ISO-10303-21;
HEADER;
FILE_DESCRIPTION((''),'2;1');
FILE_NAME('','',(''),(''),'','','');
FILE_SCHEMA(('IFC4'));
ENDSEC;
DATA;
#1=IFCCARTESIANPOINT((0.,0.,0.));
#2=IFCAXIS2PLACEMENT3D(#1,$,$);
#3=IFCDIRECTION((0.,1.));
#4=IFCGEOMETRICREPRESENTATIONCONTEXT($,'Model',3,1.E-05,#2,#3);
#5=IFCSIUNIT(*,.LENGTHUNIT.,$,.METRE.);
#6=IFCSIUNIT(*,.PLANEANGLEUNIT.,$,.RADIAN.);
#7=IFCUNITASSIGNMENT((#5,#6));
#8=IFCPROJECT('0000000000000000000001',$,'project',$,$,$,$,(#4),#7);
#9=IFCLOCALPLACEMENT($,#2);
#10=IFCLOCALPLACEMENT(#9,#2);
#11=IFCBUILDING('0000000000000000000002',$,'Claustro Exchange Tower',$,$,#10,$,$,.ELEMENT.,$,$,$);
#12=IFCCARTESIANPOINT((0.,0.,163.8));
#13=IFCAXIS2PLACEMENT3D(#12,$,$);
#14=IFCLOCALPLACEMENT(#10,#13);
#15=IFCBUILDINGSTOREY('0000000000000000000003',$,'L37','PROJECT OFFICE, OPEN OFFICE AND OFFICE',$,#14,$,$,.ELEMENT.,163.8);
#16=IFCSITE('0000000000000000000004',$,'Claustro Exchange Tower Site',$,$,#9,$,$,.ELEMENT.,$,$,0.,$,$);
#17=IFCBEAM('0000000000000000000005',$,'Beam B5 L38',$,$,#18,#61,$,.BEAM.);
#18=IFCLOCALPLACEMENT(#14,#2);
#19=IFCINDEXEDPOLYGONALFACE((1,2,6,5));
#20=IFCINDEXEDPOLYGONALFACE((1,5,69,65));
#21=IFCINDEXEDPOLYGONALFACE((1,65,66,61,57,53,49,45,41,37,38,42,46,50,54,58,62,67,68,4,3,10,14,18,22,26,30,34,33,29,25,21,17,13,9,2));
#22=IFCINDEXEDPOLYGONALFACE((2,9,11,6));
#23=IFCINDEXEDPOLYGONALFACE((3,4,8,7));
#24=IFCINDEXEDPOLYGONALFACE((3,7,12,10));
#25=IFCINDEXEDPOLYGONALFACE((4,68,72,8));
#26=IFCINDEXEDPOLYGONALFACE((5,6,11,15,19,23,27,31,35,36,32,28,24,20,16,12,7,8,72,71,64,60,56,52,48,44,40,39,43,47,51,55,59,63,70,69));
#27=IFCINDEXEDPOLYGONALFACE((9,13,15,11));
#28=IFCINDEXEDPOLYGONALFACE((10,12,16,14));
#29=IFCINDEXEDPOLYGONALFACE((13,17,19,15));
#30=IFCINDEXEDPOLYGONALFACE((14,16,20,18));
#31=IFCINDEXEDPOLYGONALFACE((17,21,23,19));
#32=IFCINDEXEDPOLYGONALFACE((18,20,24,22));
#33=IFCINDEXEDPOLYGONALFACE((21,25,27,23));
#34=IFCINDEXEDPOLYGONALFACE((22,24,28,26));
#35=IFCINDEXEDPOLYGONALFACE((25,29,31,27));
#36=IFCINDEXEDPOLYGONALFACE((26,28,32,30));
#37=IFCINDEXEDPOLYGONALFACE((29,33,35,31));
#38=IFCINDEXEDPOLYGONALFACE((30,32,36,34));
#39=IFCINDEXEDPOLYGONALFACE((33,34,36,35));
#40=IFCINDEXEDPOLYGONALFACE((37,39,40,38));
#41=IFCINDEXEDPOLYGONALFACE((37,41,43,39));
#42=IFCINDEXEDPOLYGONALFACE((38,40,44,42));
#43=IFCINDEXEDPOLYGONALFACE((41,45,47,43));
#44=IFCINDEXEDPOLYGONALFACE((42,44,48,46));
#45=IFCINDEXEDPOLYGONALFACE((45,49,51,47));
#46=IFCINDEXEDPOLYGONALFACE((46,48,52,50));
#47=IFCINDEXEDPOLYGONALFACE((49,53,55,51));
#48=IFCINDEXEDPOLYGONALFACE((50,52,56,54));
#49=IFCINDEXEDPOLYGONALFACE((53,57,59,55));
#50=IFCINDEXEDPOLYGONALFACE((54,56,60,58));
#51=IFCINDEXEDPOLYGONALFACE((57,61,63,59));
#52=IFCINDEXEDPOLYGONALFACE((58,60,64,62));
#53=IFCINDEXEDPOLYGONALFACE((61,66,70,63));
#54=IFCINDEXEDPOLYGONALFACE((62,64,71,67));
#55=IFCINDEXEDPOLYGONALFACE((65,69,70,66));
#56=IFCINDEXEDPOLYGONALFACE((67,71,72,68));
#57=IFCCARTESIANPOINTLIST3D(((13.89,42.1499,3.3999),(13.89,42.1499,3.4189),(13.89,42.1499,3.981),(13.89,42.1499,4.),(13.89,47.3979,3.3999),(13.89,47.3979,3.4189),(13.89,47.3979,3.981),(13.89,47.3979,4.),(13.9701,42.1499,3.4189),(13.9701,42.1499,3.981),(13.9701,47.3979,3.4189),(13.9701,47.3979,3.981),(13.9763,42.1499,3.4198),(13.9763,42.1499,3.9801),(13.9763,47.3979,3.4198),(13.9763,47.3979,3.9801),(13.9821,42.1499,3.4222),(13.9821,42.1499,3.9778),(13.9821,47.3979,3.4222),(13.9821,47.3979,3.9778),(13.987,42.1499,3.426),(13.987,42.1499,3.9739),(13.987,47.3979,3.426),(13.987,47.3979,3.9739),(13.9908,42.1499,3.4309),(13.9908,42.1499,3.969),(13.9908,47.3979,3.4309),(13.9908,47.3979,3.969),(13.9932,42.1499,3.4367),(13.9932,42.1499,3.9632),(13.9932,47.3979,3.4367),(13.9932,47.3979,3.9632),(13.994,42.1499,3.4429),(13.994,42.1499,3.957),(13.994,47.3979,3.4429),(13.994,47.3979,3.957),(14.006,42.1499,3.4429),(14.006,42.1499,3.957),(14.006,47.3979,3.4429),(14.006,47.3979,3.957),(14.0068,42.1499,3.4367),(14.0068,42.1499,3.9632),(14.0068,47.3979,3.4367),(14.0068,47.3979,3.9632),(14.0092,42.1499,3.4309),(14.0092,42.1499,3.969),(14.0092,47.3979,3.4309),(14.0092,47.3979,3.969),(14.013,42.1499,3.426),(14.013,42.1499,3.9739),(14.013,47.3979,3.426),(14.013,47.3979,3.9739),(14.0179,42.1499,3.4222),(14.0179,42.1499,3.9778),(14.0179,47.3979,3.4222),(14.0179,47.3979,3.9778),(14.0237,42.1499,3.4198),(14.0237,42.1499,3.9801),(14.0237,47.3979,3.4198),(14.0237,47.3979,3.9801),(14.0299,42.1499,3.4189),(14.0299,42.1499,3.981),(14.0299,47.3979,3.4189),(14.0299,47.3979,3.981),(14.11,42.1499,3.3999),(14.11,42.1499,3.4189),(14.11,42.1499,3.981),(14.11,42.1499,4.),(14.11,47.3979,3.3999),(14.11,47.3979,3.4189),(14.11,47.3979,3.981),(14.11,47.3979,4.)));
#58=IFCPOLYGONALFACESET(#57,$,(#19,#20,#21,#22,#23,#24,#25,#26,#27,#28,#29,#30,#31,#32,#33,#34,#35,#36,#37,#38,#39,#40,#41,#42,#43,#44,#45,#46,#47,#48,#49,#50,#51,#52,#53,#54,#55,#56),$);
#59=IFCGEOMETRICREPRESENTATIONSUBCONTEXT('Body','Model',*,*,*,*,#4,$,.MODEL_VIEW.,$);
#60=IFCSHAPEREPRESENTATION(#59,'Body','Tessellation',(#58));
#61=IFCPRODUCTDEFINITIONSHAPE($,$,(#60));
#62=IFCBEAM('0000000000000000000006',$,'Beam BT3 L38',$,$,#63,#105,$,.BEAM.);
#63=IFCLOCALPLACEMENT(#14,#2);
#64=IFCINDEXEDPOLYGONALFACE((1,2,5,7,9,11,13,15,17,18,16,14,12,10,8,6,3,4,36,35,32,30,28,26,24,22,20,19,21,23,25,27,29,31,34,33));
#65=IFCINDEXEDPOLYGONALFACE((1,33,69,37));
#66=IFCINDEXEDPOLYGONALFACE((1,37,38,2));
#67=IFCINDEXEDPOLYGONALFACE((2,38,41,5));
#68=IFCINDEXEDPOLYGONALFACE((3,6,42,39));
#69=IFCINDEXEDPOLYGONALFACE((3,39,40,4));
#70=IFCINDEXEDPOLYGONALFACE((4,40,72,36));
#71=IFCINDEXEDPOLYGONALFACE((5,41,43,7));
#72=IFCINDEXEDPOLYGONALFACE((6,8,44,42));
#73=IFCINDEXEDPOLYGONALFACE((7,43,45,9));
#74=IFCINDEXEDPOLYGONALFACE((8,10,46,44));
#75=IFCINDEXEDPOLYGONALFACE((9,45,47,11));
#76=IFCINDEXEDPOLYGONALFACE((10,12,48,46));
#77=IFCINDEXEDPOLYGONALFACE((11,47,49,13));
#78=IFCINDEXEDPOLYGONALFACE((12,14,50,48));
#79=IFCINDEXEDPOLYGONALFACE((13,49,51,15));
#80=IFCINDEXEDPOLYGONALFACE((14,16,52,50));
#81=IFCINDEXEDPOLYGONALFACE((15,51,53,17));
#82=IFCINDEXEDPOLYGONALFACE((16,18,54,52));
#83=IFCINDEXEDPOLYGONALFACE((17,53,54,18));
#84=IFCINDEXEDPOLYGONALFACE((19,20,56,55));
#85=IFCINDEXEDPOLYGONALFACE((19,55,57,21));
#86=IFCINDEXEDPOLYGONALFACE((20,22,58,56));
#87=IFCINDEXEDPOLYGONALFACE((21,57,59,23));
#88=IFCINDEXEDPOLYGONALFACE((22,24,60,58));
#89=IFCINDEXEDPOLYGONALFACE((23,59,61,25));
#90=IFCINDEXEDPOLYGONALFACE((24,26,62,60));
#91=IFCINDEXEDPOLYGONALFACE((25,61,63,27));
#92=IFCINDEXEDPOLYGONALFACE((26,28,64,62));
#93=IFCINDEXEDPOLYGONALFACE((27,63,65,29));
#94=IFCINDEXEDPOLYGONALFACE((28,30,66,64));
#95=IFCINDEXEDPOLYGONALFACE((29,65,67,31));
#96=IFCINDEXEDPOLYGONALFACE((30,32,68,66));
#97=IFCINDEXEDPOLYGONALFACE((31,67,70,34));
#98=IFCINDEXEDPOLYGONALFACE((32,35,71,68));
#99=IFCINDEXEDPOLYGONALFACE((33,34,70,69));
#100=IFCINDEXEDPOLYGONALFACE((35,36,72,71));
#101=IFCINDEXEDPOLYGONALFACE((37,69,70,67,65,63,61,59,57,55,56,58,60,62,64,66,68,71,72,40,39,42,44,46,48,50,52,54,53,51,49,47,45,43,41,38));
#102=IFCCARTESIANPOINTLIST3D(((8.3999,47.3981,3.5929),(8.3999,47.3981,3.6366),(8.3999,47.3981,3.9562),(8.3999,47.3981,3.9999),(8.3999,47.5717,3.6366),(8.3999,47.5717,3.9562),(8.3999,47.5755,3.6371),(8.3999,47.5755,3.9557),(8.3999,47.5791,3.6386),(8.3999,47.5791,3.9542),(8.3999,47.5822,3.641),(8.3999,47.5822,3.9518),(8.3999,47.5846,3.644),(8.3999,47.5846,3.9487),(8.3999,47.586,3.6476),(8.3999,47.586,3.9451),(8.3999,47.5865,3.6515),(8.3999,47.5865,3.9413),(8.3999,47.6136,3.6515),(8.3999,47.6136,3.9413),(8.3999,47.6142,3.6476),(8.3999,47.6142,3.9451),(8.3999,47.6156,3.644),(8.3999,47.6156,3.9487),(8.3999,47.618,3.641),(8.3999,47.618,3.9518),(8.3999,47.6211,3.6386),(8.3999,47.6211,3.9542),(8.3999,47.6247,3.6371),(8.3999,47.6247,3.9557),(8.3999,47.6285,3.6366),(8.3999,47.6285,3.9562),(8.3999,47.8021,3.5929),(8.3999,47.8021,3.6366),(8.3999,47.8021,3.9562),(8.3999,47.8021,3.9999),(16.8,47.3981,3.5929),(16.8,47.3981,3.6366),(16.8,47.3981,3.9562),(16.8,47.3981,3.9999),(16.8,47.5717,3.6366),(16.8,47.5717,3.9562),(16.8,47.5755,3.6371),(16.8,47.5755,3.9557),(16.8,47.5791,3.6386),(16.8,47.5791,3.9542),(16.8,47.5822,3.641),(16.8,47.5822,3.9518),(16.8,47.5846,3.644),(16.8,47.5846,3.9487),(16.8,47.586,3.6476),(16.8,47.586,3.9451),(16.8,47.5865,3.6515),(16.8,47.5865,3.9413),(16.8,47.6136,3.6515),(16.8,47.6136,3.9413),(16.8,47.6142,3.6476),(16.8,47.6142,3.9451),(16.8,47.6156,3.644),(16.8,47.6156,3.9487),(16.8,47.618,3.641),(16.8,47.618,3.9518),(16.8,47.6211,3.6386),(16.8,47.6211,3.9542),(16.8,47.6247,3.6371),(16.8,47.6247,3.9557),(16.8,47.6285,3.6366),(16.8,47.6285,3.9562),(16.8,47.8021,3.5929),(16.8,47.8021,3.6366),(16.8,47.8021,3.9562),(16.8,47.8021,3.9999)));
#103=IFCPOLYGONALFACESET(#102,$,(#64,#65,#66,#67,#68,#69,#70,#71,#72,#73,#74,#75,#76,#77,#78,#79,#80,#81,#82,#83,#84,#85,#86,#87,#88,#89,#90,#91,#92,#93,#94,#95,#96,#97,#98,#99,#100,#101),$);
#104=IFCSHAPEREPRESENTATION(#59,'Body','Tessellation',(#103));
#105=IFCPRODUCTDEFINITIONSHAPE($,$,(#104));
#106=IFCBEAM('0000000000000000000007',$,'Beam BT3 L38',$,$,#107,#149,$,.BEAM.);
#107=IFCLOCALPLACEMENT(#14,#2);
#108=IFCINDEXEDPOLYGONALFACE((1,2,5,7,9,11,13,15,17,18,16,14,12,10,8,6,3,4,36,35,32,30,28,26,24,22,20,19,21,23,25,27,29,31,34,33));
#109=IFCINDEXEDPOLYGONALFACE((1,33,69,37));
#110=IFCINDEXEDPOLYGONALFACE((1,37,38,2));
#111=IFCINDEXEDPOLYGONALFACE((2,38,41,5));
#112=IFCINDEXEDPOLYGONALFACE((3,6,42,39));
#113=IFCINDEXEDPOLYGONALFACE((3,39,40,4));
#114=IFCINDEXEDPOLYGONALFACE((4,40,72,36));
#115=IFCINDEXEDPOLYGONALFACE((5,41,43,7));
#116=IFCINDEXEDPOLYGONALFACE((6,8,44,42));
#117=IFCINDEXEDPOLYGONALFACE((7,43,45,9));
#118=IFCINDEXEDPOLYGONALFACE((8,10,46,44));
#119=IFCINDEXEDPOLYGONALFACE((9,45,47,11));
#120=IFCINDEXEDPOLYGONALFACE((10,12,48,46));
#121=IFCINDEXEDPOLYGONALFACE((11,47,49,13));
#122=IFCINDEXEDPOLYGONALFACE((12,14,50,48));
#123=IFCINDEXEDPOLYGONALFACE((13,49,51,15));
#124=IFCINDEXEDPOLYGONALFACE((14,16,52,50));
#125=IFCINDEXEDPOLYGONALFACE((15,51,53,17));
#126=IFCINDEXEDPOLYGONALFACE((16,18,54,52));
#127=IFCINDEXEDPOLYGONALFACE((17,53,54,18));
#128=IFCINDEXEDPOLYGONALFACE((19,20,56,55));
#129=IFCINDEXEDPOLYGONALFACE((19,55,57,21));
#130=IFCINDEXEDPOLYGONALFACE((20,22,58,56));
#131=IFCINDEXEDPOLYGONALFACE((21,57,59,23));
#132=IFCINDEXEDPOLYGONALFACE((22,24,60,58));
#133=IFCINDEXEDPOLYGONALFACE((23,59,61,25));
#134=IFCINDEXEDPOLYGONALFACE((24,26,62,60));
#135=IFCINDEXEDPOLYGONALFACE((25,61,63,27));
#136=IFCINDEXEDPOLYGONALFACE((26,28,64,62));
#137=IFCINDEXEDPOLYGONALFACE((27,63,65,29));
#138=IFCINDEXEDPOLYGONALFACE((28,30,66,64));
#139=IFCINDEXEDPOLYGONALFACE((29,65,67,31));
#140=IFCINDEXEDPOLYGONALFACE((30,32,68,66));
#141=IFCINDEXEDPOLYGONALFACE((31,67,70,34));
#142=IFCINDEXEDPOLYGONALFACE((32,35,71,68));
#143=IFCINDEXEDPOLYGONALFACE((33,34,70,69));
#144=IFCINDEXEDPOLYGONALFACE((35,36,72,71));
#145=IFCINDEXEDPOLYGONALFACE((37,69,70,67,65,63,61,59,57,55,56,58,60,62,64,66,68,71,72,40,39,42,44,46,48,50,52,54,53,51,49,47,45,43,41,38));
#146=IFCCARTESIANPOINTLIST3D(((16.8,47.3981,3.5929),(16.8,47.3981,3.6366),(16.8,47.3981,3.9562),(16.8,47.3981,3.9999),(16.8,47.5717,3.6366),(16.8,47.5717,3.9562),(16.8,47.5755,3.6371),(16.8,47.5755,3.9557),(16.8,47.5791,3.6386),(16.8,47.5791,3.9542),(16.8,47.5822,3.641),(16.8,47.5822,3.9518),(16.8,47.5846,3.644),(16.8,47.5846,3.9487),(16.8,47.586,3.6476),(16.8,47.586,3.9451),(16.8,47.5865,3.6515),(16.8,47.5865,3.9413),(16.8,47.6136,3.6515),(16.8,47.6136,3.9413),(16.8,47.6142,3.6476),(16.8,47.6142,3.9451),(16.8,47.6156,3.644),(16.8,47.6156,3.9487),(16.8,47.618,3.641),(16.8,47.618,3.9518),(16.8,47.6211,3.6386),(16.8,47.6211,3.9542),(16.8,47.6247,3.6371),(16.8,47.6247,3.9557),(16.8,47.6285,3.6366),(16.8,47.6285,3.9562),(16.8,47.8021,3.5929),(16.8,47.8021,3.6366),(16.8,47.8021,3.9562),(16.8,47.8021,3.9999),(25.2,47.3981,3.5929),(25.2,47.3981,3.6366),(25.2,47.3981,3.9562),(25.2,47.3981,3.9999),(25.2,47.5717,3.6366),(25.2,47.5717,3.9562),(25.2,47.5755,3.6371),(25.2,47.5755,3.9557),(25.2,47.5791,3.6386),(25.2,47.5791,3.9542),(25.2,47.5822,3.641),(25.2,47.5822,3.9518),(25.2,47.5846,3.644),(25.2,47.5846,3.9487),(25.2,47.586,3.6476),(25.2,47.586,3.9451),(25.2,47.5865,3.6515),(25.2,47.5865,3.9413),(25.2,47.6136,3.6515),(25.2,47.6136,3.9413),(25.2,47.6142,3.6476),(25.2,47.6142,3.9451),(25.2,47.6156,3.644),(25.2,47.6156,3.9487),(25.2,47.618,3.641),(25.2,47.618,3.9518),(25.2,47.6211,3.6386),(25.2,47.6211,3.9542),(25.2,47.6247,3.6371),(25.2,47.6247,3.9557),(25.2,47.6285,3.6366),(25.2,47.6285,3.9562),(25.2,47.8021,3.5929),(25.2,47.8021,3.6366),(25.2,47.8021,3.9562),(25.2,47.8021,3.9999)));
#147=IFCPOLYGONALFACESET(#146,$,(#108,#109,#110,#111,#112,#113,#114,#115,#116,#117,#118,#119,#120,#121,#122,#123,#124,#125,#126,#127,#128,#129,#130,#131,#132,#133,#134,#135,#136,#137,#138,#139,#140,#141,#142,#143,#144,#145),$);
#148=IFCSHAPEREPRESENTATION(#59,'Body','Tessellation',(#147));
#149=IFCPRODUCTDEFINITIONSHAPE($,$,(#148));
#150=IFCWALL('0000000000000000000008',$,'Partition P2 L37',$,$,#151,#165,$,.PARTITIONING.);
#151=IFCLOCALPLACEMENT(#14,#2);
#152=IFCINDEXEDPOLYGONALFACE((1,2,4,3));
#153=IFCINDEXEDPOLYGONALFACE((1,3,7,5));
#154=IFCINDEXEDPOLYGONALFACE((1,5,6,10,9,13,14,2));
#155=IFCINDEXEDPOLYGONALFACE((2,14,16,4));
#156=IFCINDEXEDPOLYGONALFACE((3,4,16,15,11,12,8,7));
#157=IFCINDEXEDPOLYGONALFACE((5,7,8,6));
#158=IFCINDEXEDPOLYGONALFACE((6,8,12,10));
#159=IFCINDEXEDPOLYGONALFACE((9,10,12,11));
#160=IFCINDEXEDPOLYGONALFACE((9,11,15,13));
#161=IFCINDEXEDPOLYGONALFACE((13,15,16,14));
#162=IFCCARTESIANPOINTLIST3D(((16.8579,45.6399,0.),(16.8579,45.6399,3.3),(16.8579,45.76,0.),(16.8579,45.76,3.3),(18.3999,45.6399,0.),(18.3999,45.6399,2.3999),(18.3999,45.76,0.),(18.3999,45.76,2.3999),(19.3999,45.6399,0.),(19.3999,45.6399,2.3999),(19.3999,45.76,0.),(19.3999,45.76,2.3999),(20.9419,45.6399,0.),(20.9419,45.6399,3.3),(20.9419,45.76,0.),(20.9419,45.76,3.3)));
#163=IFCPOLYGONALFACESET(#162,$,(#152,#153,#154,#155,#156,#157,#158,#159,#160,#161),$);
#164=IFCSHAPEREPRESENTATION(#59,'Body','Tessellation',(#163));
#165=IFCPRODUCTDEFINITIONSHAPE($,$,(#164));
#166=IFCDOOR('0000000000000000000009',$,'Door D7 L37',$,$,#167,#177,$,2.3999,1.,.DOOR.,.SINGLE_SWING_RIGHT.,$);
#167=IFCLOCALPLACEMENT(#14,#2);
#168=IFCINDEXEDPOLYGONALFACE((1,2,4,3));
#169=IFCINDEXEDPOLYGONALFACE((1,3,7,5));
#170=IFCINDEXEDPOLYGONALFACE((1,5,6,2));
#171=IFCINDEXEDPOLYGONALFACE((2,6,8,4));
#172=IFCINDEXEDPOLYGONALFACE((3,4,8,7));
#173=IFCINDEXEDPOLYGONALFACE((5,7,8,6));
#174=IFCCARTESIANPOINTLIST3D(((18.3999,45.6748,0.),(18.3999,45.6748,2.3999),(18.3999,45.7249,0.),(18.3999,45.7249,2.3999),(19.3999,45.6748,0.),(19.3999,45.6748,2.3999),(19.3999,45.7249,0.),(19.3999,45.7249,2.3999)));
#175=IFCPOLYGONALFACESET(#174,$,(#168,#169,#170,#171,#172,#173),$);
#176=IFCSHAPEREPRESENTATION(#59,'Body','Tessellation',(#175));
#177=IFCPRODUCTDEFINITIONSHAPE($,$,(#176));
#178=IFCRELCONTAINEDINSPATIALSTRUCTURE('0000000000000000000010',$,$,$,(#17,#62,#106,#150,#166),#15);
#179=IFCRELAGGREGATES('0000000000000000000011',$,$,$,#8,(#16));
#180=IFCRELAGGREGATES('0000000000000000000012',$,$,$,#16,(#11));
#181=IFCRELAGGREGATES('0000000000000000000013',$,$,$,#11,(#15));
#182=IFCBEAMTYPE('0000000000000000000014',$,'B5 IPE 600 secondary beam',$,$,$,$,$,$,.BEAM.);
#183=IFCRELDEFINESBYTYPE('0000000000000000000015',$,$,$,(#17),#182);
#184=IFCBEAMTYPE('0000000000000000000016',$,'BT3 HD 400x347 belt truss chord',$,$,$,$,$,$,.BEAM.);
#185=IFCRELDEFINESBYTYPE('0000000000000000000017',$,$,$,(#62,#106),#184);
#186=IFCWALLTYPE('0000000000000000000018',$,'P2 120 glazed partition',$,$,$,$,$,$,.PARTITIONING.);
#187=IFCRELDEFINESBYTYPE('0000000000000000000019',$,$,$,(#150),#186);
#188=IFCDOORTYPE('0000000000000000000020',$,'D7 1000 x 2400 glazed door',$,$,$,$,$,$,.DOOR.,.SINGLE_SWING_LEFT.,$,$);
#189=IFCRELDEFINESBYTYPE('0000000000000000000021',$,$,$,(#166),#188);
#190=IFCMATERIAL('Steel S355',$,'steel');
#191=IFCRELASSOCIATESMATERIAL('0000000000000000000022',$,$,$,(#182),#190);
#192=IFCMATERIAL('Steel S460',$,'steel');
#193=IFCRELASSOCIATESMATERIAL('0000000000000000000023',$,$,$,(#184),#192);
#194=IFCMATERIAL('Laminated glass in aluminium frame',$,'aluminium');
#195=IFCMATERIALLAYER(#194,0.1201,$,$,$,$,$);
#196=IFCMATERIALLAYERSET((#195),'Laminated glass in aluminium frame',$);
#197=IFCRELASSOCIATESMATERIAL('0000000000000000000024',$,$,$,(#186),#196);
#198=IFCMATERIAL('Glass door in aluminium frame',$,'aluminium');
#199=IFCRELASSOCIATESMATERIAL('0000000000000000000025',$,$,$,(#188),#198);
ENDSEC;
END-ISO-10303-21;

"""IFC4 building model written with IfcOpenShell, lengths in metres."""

from ifc_helpers import new_model, si_unit, direction, frame, frame_2d, origin, origin_2d, place, context, subcontext, project, spatial, rectangle, i_section, extrude, material, layer, layer_set, material_profile, profile_set, type_object, element, fill, save


model = new_model("IFC4")

# Units and contexts
model_context = context("Model", 3, precision=1e-05, world=origin(), true_north=direction((0.0, 1.0)))
body_context = subcontext(model_context, "Body", "Model", "MODEL_VIEW")
ifc_project = project(units=[si_unit("LENGTHUNIT", "METRE"), si_unit("PLANEANGLEUNIT", "RADIAN")], contexts=[model_context])

# Site, building, storey
site_placement = place(None, origin())
site = spatial("IfcSite", under=ifc_project, at=site_placement, Name="Claustro Exchange Tower Site", CompositionType="ELEMENT", RefElevation=0.0)
building_placement = place(site_placement, origin())
building = spatial("IfcBuilding", under=site, at=building_placement, Name="Claustro Exchange Tower", CompositionType="ELEMENT")
storey_placement = place(building_placement, frame((0.0, 0.0, 163.8)))
storey = spatial("IfcBuildingStorey", under=building, at=storey_placement, Name="L37", Description="PROJECT OFFICE, OPEN OFFICE AND OFFICE", CompositionType="ELEMENT", Elevation=163.8)

# Beams
ifc_material_1 = material(Name="Steel S355", Category="steel")
ifc_material_profile_1 = material_profile(ifc_material_1, i_section(OverallWidth=0.22, OverallDepth=0.6001, WebThickness=0.012, FlangeThickness=0.019, FilletRadius=0.0239, at=origin_2d()), Name="IPE 600")
ifc_profile_set_1 = profile_set([ifc_material_profile_1], Name="Steel S355")
beam_type_1 = type_object("IfcBeamType", Name="B5 IPE 600 secondary beam", PredefinedType="BEAM", material=ifc_profile_set_1)
for number, where, z_axis, x_axis, name in (
    (1, (14.0, 42.1499, 3.7), (0.0, 1.0, 0.0), (-1.0, 0.0, 0.0), "Beam B5 L38"),
):
    element("IfcBeam", number, at=place(storey_placement, frame(where, z_axis=z_axis, x_axis=x_axis)), inside=storey, type_object=beam_type_1, Name=name, PredefinedType="BEAM", context=body_context, shape_type="SweptSolid", body=[
        extrude(i_section(OverallWidth=0.22, OverallDepth=0.6001, WebThickness=0.012, FlangeThickness=0.019, FilletRadius=0.0239, at=origin_2d()), origin(), (0.0, 0.0, 1.0), 5.248),
    ])
ifc_material_2 = material(Name="Steel S460", Category="steel")
ifc_material_profile_2 = material_profile(ifc_material_2, i_section(OverallWidth=0.4041, OverallDepth=0.407, WebThickness=0.0271, FlangeThickness=0.0437, FilletRadius=0.0149, at=origin_2d()), Name="HD 400x347")
ifc_profile_set_2 = profile_set([ifc_material_profile_2], Name="Steel S460")
beam_type_2 = type_object("IfcBeamType", Name="BT3 HD 400x347 belt truss chord", PredefinedType="BEAM", material=ifc_profile_set_2)
beam_1_placement = place(storey_placement, frame((8.3999, 47.6001, 3.7964), z_axis=(1.0, 0.0, 0.0), x_axis=(0.0, 1.0, 0.0)))
element("IfcBeam", 2, at=beam_1_placement, inside=storey, type_object=beam_type_2, Name="Beam BT3 L38", PredefinedType="BEAM", context=body_context, shape_type="SweptSolid", body=[
    extrude(i_section(OverallWidth=0.4041, OverallDepth=0.407, WebThickness=0.0271, FlangeThickness=0.0437, FilletRadius=0.0149, at=origin_2d()), origin(), (0.0, 0.0, 1.0), 8.4001),
])
beam_2_placement = place(storey_placement, frame((16.8, 47.6001, 3.7964), z_axis=(1.0, 0.0, 0.0), x_axis=(0.0, 1.0, 0.0)))
element("IfcBeam", 3, at=beam_2_placement, inside=storey, type_object=beam_type_2, Name="Beam BT3 L38", PredefinedType="BEAM", context=body_context, shape_type="SweptSolid", body=[
    extrude(i_section(OverallWidth=0.4041, OverallDepth=0.407, WebThickness=0.0271, FlangeThickness=0.0437, FilletRadius=0.0149, at=origin_2d()), origin(), (0.0, 0.0, 1.0), 8.3999),
])

# Wall, opening, door
ifc_material_3 = material(Name="Laminated glass in aluminium frame", Category="aluminium")
ifc_layer_1 = layer(ifc_material_3, 0.1201)
ifc_layer_set_1 = layer_set([ifc_layer_1], Name="Laminated glass in aluminium frame")
wall_type_1 = type_object("IfcWallType", Name="P2 120 glazed partition", PredefinedType="PARTITIONING", material=ifc_layer_set_1)
wall_1_placement = place(storey_placement, frame((16.8579, 45.7, 0.0), z_axis=(0.0, 0.0, 1.0), x_axis=(1.0, 0.0, 0.0)))
wall_1 = element("IfcWall", 4, at=wall_1_placement, inside=storey, type_object=wall_type_1, Name="Partition P2 L37", PredefinedType="PARTITIONING", context=body_context, shape_type="SweptSolid", body=[
    extrude(rectangle(XDim=4.084, YDim=0.1201, at=frame_2d((2.042, 0.0))), origin(), (0.0, 0.0, 1.0), 3.3),
])
opening_1_placement = place(wall_1_placement, frame((1.542, 0.0, 0.0)))
opening_1 = element("IfcOpeningElement", 5, at=opening_1_placement, cuts=wall_1, PredefinedType="OPENING", context=body_context, shape_type="SweptSolid", body=[
    extrude(rectangle(XDim=1.0, YDim=2.3999, at=frame_2d((0.5, 1.2))), frame((0.0, 0.0701, 0.0), z_axis=(0.0, -1.0, 0.0), x_axis=(1.0, 0.0, 0.0)), (0.0, 0.0, 1.0), 0.1401),
])
ifc_material_4 = material(Name="Glass door in aluminium frame", Category="aluminium")
door_type_1 = type_object("IfcDoorType", Name="D7 1000 x 2400 glazed door", OperationType="SINGLE_SWING_LEFT", PredefinedType="DOOR", material=ifc_material_4)
door_1_placement = place(opening_1_placement, origin())
door_1 = element("IfcDoor", 6, at=door_1_placement, inside=storey, type_object=door_type_1, Name="Door D7 L37", OperationType="SINGLE_SWING_RIGHT", OverallHeight=2.3999, OverallWidth=1.0, PredefinedType="DOOR", context=body_context, shape_type="SweptSolid", body=[
    extrude(rectangle(XDim=1.0, YDim=2.3999, at=frame_2d((0.5, 1.2))), frame((0.0, 0.0249, 0.0), z_axis=(0.0, -1.0, 0.0), x_axis=(1.0, 0.0, 0.0)), (0.0, 0.0, 1.0), 0.05),
])
fill(opening_1, door_1)

save(model, "model.ifc")
